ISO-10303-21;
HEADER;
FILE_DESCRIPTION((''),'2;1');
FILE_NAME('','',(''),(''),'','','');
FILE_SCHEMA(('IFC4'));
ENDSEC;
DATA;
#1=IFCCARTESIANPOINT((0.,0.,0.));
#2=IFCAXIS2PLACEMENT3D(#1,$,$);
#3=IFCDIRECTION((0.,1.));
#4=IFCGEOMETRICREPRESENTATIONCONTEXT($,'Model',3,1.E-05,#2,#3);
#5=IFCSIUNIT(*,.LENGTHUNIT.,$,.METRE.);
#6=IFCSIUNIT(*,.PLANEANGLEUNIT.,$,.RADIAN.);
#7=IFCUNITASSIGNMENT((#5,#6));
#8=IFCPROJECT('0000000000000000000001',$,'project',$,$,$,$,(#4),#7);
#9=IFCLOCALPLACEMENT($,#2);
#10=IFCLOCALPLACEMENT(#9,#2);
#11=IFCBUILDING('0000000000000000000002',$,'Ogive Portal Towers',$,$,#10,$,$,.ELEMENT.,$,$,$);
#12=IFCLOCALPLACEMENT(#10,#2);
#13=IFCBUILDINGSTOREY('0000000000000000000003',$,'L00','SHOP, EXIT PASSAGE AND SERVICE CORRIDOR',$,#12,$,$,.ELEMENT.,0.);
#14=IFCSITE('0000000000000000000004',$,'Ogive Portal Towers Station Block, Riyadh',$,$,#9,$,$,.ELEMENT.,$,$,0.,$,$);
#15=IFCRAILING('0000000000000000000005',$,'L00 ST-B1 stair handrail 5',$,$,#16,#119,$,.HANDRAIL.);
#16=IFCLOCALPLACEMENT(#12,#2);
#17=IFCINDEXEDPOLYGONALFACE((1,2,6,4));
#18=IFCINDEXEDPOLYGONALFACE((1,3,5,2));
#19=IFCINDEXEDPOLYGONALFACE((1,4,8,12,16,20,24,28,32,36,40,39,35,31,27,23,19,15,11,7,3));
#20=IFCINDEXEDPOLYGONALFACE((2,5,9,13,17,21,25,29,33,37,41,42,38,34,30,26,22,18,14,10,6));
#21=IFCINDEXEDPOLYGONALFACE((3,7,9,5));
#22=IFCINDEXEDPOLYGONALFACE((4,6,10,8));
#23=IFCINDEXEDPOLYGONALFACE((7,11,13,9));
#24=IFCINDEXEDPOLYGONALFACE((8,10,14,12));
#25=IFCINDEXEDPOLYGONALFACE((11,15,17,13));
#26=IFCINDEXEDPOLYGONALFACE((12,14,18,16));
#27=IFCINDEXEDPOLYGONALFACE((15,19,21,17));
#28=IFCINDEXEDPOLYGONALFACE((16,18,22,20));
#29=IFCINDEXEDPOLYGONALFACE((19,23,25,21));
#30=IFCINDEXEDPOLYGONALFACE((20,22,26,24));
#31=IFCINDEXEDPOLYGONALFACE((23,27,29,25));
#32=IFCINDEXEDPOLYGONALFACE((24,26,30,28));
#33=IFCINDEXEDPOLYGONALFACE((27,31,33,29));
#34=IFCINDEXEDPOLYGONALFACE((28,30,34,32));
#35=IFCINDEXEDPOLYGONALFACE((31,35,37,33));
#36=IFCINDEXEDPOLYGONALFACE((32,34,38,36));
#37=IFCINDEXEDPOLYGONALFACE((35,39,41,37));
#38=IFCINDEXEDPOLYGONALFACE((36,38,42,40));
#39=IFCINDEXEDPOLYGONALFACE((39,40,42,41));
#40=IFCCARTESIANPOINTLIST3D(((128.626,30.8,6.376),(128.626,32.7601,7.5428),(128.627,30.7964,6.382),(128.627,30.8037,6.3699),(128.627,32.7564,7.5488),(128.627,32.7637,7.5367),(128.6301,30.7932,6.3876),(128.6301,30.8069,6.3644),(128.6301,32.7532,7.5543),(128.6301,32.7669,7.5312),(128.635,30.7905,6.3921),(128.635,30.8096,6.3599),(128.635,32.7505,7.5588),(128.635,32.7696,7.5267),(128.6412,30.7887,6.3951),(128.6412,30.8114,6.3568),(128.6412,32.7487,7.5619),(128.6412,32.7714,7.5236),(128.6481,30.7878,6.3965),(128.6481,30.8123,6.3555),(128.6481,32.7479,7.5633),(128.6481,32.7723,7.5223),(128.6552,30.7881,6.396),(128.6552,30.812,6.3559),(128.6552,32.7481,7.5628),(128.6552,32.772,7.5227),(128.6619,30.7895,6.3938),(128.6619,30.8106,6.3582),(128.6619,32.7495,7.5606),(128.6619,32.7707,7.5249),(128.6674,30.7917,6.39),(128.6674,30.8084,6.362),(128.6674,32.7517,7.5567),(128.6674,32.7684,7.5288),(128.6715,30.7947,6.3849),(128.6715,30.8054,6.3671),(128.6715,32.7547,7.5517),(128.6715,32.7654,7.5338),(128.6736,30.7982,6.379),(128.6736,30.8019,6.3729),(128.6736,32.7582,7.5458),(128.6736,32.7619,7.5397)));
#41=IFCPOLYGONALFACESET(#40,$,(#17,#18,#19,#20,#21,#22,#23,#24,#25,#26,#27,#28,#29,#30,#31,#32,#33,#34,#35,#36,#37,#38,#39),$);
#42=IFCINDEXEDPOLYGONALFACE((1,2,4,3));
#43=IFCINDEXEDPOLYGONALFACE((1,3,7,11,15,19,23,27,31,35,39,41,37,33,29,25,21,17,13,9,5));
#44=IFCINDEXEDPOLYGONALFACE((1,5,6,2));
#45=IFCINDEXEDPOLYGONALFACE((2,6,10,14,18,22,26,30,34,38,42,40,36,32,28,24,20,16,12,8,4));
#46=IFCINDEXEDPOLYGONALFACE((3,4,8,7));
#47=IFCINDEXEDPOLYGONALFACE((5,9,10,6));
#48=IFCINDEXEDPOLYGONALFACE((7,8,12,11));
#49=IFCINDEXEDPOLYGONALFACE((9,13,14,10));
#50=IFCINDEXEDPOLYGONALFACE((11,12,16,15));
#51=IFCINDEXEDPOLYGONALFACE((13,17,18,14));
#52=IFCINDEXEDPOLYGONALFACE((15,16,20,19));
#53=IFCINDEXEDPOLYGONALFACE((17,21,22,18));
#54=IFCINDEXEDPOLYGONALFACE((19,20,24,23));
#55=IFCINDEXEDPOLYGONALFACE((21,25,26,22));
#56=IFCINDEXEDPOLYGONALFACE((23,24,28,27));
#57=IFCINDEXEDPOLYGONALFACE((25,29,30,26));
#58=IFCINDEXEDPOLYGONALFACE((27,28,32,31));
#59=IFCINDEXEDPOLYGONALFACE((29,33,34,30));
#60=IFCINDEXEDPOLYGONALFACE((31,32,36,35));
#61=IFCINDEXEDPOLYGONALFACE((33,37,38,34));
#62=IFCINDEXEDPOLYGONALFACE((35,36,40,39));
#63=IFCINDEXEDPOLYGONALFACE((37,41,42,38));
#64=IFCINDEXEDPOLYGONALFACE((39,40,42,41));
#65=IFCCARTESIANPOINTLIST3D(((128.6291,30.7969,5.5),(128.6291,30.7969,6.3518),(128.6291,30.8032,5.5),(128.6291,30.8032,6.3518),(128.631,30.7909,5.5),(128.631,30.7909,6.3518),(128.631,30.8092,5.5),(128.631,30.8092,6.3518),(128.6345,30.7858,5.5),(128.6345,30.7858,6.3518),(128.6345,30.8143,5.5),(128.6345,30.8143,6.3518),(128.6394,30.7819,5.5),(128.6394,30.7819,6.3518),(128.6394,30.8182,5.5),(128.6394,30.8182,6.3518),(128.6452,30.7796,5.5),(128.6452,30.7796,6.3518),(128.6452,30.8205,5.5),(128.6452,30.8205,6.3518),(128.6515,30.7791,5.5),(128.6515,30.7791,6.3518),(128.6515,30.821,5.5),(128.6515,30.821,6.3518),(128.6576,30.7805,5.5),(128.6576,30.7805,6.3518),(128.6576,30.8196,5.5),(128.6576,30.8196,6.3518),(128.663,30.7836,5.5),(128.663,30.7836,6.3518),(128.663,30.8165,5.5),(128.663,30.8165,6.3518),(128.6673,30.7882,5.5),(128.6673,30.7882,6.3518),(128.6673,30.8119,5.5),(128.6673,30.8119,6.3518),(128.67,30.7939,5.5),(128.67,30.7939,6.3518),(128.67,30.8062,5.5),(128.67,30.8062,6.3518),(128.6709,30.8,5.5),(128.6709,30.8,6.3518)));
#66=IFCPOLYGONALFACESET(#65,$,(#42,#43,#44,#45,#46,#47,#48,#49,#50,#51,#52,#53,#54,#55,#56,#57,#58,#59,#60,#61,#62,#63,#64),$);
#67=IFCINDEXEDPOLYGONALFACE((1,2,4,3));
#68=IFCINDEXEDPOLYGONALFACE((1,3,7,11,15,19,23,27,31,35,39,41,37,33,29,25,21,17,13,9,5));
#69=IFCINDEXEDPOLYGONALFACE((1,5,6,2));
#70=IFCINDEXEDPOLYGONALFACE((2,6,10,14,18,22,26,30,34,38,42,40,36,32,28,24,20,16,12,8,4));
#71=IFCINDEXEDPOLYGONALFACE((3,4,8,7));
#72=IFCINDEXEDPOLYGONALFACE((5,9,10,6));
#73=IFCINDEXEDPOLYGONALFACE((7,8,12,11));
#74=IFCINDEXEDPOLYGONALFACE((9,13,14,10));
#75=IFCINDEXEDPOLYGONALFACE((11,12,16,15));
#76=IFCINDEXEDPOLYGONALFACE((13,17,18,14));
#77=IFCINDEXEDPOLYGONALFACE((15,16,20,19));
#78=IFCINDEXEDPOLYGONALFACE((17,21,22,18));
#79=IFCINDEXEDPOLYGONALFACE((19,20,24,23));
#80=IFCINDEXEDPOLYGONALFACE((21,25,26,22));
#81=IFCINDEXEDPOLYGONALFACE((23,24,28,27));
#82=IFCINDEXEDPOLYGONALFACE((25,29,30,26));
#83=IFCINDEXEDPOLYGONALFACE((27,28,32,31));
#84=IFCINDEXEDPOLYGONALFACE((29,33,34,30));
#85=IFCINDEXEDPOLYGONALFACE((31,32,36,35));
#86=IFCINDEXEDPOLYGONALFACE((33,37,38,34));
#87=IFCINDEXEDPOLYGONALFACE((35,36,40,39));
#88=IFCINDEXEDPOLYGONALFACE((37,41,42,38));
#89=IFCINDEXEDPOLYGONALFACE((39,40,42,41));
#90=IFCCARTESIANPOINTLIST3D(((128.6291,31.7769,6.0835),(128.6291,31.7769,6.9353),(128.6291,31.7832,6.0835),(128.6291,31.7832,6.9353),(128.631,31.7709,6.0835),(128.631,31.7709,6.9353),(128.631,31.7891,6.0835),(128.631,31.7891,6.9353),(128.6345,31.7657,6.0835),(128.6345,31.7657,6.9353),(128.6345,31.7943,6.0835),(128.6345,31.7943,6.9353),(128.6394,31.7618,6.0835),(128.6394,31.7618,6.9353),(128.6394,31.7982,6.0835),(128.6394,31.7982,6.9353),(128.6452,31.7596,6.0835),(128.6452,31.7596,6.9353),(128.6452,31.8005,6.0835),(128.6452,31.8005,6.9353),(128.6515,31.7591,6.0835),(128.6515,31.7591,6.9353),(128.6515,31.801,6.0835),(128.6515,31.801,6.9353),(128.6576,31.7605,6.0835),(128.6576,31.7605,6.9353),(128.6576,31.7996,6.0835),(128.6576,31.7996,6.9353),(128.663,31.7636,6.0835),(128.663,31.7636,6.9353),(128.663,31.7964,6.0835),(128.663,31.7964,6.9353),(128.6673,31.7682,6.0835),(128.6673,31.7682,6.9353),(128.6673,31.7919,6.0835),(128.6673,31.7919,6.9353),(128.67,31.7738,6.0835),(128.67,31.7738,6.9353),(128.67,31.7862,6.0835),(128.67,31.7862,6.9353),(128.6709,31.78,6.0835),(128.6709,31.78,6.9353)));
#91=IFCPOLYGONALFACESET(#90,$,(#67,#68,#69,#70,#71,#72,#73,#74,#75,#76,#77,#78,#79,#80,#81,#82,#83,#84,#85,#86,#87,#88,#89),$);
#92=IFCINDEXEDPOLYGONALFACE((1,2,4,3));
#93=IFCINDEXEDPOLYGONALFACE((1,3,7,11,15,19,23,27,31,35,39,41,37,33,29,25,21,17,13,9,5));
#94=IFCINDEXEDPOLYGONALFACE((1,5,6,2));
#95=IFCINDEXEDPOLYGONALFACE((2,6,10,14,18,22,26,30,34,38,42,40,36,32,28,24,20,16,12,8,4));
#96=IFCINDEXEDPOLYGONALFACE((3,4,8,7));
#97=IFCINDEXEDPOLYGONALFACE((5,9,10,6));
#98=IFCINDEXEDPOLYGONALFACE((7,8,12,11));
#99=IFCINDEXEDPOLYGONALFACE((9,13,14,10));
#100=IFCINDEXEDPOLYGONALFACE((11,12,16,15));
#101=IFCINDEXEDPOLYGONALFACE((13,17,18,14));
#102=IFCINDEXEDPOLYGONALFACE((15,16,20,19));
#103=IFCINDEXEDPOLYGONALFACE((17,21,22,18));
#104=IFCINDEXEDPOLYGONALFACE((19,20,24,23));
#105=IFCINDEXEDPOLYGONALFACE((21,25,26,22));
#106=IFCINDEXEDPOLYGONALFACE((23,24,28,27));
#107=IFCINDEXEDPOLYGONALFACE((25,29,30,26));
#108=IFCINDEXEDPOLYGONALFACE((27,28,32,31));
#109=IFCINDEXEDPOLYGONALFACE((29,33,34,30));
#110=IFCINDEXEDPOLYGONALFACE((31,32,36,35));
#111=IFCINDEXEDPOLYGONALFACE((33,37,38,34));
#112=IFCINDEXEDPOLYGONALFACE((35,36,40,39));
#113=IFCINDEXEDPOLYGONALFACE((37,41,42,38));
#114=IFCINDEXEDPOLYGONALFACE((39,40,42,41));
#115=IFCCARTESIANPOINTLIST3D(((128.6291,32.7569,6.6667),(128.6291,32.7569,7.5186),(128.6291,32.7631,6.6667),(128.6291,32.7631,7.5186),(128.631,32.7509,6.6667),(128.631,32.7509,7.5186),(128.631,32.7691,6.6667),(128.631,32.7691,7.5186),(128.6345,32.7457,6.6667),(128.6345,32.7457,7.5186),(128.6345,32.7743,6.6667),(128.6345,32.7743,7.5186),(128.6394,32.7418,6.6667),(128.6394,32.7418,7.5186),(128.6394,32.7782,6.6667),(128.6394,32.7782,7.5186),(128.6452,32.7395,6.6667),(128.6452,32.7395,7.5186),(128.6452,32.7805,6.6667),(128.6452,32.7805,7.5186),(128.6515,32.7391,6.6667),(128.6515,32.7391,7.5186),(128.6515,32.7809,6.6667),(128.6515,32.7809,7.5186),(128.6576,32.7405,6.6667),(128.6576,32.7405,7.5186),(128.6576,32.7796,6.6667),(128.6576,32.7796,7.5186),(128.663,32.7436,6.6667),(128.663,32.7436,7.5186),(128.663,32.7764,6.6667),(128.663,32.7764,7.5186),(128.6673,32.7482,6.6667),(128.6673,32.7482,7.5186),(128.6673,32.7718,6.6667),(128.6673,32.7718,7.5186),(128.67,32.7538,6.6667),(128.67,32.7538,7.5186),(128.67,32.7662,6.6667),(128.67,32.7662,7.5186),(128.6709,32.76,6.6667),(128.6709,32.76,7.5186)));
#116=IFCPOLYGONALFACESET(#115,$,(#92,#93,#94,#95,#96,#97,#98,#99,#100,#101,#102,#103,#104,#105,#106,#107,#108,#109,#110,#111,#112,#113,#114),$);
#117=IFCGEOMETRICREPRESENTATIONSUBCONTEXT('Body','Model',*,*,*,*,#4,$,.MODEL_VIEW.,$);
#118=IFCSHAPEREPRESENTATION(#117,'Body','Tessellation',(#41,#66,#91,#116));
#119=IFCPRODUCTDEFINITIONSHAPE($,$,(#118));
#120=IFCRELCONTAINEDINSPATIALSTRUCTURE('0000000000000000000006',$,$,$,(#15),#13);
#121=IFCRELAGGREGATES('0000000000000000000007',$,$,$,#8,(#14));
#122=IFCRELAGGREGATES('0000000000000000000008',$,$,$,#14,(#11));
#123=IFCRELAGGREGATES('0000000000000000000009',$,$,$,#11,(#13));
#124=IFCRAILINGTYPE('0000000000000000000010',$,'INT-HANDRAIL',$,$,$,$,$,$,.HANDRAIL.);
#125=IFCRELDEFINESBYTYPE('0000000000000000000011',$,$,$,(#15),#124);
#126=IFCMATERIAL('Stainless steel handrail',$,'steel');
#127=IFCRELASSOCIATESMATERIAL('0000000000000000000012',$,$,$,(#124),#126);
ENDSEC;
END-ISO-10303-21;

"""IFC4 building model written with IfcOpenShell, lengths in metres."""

from ifc_helpers import new_model, si_unit, direction, frame, origin, origin_2d, place, context, subcontext, project, spatial, circle, extrude, material, type_object, element, save


model = new_model("IFC4")

# Units and contexts
model_context = context("Model", 3, precision=1e-05, world=origin(), true_north=direction((0.0, 1.0)))
body_context = subcontext(model_context, "Body", "Model", "MODEL_VIEW")
ifc_project = project(units=[si_unit("LENGTHUNIT", "METRE"), si_unit("PLANEANGLEUNIT", "RADIAN")], contexts=[model_context])

# Site, building, storey
site_placement = place(None, origin())
site = spatial("IfcSite", under=ifc_project, at=site_placement, Name="Ogive Portal Towers Station Block, Riyadh", CompositionType="ELEMENT", RefElevation=0.0)
building_placement = place(site_placement, origin())
building = spatial("IfcBuilding", under=site, at=building_placement, Name="Ogive Portal Towers", CompositionType="ELEMENT")
storey_placement = place(building_placement, origin())
storey = spatial("IfcBuildingStorey", under=building, at=storey_placement, Name="L00", Description="SHOP, EXIT PASSAGE AND SERVICE CORRIDOR", CompositionType="ELEMENT", Elevation=0.0)

# Railing
ifc_material_1 = material(Name="Stainless steel handrail", Category="steel")
railing_type_1 = type_object("IfcRailingType", Name="INT-HANDRAIL", PredefinedType="HANDRAIL", material=ifc_material_1)
railing_1_placement = place(storey_placement, frame((128.6499, 30.8, 5.5)))
element("IfcRailing", 1, at=railing_1_placement, inside=storey, type_object=railing_type_1, Name="L00 ST-B1 stair handrail 5", PredefinedType="HANDRAIL", context=body_context, shape_type="SweptSolid", body=[
    extrude(circle(Radius=0.0239, at=origin_2d()), frame((0.0, 0.0, 0.876), z_axis=(0.0, 0.859273, 0.511518), x_axis=(-1.0, 0.0, 0.0)), (0.0, 0.0, 1.0), 2.281),
    extrude(circle(Radius=0.021, at=origin_2d()), origin(), (0.0, 0.0, 1.0), 0.8518),
    extrude(circle(Radius=0.021, at=origin_2d()), frame((0.0, 0.98, 0.5835)), (0.0, 0.0, 1.0), 0.8518),
    extrude(circle(Radius=0.021, at=origin_2d()), frame((0.0, 1.96, 1.1667)), (0.0, 0.0, 1.0), 0.8518),
])

save(model, "model.ifc")
